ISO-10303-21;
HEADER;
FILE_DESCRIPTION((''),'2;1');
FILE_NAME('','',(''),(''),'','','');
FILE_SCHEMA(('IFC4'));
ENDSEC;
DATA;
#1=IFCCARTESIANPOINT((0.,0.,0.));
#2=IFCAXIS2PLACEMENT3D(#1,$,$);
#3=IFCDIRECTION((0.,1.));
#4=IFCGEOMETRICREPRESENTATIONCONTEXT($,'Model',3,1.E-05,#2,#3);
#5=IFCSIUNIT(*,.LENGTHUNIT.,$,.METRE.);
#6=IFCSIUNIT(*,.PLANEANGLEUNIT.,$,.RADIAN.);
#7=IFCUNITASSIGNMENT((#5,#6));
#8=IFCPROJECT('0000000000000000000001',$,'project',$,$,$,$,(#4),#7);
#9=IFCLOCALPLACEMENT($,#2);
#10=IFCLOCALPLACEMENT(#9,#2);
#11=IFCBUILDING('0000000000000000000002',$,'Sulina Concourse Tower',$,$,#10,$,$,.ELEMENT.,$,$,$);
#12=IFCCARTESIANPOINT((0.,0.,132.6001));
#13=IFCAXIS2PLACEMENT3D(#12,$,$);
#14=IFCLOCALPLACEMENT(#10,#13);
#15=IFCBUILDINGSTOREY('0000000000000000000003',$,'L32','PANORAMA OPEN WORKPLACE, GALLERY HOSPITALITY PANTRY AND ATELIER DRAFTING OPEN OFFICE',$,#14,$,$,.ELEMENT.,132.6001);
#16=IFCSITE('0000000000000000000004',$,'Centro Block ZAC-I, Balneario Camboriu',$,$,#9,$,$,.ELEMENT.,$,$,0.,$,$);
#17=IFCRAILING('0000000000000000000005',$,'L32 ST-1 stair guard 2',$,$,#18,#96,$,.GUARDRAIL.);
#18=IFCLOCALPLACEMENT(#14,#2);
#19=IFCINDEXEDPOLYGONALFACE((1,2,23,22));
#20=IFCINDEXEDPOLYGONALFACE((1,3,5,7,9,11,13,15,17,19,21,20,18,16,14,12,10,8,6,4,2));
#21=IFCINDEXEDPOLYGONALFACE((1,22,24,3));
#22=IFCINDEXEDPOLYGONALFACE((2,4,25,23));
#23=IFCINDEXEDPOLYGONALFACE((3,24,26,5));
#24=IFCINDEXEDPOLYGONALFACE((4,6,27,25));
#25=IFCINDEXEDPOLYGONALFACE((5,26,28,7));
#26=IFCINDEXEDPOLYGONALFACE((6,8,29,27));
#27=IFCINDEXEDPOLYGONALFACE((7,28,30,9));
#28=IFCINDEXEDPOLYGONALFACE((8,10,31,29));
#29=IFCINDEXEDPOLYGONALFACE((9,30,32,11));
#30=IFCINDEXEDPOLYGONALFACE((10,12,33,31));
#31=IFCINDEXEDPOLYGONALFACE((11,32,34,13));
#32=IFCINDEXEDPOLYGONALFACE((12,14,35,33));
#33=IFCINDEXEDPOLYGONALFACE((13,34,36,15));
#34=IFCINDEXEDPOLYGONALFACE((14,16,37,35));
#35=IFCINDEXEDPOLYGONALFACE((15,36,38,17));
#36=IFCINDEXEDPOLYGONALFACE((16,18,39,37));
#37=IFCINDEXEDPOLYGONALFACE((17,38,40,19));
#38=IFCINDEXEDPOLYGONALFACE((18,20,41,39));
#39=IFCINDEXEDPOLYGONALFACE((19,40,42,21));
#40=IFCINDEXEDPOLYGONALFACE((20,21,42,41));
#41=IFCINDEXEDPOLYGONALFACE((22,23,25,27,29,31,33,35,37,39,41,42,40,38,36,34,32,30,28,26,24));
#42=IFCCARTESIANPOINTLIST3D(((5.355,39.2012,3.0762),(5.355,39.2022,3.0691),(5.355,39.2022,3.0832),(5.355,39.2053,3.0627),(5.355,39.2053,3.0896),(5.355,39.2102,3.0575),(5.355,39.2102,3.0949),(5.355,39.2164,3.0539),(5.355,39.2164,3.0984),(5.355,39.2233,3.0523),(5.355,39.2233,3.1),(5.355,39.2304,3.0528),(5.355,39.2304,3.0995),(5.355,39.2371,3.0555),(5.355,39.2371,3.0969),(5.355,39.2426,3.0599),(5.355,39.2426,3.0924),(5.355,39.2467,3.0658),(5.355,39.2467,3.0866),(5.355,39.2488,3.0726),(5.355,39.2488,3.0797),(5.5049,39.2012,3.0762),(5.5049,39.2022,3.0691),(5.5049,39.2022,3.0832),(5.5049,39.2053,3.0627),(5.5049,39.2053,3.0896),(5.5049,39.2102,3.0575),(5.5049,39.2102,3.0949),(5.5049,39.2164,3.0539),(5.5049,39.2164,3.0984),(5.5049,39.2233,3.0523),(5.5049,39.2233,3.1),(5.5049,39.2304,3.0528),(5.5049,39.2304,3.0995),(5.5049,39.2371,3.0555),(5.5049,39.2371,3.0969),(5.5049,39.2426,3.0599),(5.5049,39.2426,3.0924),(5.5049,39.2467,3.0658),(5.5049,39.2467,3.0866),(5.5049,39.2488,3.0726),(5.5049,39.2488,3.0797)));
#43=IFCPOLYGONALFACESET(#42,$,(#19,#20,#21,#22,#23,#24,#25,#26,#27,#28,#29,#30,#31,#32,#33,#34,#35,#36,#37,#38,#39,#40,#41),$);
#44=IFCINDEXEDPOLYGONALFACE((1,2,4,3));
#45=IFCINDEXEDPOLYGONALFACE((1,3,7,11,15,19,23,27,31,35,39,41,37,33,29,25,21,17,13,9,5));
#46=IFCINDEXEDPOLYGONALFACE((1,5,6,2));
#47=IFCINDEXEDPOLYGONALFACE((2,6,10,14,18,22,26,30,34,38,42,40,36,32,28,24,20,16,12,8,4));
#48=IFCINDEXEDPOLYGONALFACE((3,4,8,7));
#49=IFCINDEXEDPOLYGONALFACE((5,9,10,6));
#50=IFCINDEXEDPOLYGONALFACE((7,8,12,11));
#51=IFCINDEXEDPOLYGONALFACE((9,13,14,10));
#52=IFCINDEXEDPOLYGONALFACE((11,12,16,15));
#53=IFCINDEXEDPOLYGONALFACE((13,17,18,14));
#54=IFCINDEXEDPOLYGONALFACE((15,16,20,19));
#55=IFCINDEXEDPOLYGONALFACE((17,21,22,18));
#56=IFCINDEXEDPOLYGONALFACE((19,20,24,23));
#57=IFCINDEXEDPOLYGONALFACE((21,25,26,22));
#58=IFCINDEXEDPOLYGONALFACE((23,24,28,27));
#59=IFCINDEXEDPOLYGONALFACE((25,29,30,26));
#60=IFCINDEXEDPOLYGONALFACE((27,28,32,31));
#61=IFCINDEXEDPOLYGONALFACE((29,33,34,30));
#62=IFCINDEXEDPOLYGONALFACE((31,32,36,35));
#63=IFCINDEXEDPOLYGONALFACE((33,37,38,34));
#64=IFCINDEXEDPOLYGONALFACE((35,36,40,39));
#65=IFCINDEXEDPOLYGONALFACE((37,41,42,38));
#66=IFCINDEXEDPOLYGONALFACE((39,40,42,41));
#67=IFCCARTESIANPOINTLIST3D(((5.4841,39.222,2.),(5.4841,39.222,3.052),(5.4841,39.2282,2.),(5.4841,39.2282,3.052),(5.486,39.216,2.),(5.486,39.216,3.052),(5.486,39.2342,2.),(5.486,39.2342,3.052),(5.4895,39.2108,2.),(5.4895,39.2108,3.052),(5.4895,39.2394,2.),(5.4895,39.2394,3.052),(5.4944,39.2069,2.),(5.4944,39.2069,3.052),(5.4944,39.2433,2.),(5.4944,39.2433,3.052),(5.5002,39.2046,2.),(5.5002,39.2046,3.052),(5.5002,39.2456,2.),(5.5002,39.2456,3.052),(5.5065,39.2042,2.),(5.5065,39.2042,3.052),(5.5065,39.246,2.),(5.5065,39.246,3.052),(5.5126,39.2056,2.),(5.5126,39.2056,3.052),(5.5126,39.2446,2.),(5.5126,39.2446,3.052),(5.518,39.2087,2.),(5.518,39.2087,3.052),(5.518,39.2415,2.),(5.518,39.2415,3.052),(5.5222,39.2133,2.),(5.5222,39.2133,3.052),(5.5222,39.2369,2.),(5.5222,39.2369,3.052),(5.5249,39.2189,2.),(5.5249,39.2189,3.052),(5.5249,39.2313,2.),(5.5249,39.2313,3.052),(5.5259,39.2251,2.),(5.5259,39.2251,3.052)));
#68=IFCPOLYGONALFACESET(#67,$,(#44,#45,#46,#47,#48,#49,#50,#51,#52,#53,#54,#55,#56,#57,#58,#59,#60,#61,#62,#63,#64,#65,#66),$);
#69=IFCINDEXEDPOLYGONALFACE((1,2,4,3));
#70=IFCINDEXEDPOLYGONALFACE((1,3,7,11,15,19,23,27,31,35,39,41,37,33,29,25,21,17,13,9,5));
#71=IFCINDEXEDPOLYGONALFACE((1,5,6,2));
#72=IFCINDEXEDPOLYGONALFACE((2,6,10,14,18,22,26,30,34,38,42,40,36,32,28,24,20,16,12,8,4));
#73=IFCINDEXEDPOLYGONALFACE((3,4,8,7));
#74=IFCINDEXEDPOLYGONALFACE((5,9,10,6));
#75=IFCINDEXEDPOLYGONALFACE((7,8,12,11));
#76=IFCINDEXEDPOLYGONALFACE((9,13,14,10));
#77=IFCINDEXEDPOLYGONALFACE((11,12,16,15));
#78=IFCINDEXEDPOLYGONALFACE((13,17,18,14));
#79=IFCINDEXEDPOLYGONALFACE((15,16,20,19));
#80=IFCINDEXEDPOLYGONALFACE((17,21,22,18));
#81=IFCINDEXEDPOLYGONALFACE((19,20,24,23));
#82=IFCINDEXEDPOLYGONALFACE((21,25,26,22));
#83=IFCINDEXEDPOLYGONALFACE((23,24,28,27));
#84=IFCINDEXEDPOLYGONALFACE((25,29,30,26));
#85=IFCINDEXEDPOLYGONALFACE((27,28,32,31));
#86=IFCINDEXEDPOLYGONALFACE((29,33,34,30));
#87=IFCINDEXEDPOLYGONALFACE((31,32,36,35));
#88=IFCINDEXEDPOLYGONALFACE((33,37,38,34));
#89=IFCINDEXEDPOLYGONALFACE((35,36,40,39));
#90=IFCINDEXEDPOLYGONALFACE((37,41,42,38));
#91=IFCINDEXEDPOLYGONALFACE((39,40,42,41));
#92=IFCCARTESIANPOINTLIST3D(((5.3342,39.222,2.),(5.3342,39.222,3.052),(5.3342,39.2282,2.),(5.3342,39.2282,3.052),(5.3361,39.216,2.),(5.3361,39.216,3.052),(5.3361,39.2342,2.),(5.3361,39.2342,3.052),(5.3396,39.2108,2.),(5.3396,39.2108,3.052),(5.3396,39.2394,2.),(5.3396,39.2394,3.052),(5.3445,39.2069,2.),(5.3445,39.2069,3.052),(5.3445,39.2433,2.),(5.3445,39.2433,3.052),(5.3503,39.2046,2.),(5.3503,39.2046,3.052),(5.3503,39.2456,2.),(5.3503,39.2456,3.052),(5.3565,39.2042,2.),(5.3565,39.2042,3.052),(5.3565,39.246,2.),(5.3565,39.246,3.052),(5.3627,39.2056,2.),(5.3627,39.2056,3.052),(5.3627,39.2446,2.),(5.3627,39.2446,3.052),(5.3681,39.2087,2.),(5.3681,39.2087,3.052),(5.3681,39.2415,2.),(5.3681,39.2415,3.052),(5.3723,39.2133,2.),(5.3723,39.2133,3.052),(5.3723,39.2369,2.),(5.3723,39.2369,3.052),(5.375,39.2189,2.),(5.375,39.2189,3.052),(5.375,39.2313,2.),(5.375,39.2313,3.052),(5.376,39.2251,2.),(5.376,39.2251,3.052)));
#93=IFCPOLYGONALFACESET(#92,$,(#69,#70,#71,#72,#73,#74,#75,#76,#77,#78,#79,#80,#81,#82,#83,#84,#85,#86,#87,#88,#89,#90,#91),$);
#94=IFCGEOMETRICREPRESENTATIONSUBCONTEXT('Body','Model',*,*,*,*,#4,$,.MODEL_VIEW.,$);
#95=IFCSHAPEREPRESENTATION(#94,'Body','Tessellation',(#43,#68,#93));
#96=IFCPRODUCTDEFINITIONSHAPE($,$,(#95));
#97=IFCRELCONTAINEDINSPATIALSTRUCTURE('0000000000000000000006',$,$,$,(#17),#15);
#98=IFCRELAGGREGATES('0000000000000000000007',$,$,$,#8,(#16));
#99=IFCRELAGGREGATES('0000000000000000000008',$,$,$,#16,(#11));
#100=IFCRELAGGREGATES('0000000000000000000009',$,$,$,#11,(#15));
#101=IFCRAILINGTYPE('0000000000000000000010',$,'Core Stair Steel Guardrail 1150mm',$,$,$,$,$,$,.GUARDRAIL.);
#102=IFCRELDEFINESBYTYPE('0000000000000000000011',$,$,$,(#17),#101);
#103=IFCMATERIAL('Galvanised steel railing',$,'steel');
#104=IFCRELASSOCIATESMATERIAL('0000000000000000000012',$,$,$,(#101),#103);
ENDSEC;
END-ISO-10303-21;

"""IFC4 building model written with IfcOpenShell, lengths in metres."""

from ifc_helpers import new_model, si_unit, direction, frame, origin, origin_2d, place, context, subcontext, project, spatial, circle, extrude, material, type_object, element, save


model = new_model("IFC4")

# Units and contexts
model_context = context("Model", 3, precision=1e-05, world=origin(), true_north=direction((0.0, 1.0)))
body_context = subcontext(model_context, "Body", "Model", "MODEL_VIEW")
ifc_project = project(units=[si_unit("LENGTHUNIT", "METRE"), si_unit("PLANEANGLEUNIT", "RADIAN")], contexts=[model_context])

# Site, building, storey
site_placement = place(None, origin())
site = spatial("IfcSite", under=ifc_project, at=site_placement, Name="Centro Block ZAC-I, Balneario Camboriu", CompositionType="ELEMENT", RefElevation=0.0)
building_placement = place(site_placement, origin())
building = spatial("IfcBuilding", under=site, at=building_placement, Name="Sulina Concourse Tower", CompositionType="ELEMENT")
storey_placement = place(building_placement, frame((0.0, 0.0, 132.6001)))
storey = spatial("IfcBuildingStorey", under=building, at=storey_placement, Name="L32", Description="PANORAMA OPEN WORKPLACE, GALLERY HOSPITALITY PANTRY AND ATELIER DRAFTING OPEN OFFICE", CompositionType="ELEMENT", Elevation=132.6001)

# Railing
ifc_material_1 = material(Name="Galvanised steel railing", Category="steel")
railing_type_1 = type_object("IfcRailingType", Name="Core Stair Steel Guardrail 1150mm", PredefinedType="GUARDRAIL", material=ifc_material_1)
railing_1_placement = place(storey_placement, frame((5.5049, 39.2251, 2.0)))
element("IfcRailing", 1, at=railing_1_placement, inside=storey, type_object=railing_type_1, Name="L32 ST-1 stair guard 2", PredefinedType="GUARDRAIL", context=body_context, shape_type="SweptSolid", body=[
    extrude(circle(Radius=0.0239, at=origin_2d()), frame((0.0, 0.0, 1.0762), z_axis=(-1.0, 0.0, 0.0), x_axis=(0.0, -1.0, 0.0)), (0.0, 0.0, 1.0), 0.1499),
    extrude(circle(Radius=0.021, at=origin_2d()), origin(), (0.0, 0.0, 1.0), 1.052),
    extrude(circle(Radius=0.021, at=origin_2d()), frame((-0.1499, 0.0, 0.0)), (0.0, 0.0, 1.0), 1.052),
])

save(model, "model.ifc")
